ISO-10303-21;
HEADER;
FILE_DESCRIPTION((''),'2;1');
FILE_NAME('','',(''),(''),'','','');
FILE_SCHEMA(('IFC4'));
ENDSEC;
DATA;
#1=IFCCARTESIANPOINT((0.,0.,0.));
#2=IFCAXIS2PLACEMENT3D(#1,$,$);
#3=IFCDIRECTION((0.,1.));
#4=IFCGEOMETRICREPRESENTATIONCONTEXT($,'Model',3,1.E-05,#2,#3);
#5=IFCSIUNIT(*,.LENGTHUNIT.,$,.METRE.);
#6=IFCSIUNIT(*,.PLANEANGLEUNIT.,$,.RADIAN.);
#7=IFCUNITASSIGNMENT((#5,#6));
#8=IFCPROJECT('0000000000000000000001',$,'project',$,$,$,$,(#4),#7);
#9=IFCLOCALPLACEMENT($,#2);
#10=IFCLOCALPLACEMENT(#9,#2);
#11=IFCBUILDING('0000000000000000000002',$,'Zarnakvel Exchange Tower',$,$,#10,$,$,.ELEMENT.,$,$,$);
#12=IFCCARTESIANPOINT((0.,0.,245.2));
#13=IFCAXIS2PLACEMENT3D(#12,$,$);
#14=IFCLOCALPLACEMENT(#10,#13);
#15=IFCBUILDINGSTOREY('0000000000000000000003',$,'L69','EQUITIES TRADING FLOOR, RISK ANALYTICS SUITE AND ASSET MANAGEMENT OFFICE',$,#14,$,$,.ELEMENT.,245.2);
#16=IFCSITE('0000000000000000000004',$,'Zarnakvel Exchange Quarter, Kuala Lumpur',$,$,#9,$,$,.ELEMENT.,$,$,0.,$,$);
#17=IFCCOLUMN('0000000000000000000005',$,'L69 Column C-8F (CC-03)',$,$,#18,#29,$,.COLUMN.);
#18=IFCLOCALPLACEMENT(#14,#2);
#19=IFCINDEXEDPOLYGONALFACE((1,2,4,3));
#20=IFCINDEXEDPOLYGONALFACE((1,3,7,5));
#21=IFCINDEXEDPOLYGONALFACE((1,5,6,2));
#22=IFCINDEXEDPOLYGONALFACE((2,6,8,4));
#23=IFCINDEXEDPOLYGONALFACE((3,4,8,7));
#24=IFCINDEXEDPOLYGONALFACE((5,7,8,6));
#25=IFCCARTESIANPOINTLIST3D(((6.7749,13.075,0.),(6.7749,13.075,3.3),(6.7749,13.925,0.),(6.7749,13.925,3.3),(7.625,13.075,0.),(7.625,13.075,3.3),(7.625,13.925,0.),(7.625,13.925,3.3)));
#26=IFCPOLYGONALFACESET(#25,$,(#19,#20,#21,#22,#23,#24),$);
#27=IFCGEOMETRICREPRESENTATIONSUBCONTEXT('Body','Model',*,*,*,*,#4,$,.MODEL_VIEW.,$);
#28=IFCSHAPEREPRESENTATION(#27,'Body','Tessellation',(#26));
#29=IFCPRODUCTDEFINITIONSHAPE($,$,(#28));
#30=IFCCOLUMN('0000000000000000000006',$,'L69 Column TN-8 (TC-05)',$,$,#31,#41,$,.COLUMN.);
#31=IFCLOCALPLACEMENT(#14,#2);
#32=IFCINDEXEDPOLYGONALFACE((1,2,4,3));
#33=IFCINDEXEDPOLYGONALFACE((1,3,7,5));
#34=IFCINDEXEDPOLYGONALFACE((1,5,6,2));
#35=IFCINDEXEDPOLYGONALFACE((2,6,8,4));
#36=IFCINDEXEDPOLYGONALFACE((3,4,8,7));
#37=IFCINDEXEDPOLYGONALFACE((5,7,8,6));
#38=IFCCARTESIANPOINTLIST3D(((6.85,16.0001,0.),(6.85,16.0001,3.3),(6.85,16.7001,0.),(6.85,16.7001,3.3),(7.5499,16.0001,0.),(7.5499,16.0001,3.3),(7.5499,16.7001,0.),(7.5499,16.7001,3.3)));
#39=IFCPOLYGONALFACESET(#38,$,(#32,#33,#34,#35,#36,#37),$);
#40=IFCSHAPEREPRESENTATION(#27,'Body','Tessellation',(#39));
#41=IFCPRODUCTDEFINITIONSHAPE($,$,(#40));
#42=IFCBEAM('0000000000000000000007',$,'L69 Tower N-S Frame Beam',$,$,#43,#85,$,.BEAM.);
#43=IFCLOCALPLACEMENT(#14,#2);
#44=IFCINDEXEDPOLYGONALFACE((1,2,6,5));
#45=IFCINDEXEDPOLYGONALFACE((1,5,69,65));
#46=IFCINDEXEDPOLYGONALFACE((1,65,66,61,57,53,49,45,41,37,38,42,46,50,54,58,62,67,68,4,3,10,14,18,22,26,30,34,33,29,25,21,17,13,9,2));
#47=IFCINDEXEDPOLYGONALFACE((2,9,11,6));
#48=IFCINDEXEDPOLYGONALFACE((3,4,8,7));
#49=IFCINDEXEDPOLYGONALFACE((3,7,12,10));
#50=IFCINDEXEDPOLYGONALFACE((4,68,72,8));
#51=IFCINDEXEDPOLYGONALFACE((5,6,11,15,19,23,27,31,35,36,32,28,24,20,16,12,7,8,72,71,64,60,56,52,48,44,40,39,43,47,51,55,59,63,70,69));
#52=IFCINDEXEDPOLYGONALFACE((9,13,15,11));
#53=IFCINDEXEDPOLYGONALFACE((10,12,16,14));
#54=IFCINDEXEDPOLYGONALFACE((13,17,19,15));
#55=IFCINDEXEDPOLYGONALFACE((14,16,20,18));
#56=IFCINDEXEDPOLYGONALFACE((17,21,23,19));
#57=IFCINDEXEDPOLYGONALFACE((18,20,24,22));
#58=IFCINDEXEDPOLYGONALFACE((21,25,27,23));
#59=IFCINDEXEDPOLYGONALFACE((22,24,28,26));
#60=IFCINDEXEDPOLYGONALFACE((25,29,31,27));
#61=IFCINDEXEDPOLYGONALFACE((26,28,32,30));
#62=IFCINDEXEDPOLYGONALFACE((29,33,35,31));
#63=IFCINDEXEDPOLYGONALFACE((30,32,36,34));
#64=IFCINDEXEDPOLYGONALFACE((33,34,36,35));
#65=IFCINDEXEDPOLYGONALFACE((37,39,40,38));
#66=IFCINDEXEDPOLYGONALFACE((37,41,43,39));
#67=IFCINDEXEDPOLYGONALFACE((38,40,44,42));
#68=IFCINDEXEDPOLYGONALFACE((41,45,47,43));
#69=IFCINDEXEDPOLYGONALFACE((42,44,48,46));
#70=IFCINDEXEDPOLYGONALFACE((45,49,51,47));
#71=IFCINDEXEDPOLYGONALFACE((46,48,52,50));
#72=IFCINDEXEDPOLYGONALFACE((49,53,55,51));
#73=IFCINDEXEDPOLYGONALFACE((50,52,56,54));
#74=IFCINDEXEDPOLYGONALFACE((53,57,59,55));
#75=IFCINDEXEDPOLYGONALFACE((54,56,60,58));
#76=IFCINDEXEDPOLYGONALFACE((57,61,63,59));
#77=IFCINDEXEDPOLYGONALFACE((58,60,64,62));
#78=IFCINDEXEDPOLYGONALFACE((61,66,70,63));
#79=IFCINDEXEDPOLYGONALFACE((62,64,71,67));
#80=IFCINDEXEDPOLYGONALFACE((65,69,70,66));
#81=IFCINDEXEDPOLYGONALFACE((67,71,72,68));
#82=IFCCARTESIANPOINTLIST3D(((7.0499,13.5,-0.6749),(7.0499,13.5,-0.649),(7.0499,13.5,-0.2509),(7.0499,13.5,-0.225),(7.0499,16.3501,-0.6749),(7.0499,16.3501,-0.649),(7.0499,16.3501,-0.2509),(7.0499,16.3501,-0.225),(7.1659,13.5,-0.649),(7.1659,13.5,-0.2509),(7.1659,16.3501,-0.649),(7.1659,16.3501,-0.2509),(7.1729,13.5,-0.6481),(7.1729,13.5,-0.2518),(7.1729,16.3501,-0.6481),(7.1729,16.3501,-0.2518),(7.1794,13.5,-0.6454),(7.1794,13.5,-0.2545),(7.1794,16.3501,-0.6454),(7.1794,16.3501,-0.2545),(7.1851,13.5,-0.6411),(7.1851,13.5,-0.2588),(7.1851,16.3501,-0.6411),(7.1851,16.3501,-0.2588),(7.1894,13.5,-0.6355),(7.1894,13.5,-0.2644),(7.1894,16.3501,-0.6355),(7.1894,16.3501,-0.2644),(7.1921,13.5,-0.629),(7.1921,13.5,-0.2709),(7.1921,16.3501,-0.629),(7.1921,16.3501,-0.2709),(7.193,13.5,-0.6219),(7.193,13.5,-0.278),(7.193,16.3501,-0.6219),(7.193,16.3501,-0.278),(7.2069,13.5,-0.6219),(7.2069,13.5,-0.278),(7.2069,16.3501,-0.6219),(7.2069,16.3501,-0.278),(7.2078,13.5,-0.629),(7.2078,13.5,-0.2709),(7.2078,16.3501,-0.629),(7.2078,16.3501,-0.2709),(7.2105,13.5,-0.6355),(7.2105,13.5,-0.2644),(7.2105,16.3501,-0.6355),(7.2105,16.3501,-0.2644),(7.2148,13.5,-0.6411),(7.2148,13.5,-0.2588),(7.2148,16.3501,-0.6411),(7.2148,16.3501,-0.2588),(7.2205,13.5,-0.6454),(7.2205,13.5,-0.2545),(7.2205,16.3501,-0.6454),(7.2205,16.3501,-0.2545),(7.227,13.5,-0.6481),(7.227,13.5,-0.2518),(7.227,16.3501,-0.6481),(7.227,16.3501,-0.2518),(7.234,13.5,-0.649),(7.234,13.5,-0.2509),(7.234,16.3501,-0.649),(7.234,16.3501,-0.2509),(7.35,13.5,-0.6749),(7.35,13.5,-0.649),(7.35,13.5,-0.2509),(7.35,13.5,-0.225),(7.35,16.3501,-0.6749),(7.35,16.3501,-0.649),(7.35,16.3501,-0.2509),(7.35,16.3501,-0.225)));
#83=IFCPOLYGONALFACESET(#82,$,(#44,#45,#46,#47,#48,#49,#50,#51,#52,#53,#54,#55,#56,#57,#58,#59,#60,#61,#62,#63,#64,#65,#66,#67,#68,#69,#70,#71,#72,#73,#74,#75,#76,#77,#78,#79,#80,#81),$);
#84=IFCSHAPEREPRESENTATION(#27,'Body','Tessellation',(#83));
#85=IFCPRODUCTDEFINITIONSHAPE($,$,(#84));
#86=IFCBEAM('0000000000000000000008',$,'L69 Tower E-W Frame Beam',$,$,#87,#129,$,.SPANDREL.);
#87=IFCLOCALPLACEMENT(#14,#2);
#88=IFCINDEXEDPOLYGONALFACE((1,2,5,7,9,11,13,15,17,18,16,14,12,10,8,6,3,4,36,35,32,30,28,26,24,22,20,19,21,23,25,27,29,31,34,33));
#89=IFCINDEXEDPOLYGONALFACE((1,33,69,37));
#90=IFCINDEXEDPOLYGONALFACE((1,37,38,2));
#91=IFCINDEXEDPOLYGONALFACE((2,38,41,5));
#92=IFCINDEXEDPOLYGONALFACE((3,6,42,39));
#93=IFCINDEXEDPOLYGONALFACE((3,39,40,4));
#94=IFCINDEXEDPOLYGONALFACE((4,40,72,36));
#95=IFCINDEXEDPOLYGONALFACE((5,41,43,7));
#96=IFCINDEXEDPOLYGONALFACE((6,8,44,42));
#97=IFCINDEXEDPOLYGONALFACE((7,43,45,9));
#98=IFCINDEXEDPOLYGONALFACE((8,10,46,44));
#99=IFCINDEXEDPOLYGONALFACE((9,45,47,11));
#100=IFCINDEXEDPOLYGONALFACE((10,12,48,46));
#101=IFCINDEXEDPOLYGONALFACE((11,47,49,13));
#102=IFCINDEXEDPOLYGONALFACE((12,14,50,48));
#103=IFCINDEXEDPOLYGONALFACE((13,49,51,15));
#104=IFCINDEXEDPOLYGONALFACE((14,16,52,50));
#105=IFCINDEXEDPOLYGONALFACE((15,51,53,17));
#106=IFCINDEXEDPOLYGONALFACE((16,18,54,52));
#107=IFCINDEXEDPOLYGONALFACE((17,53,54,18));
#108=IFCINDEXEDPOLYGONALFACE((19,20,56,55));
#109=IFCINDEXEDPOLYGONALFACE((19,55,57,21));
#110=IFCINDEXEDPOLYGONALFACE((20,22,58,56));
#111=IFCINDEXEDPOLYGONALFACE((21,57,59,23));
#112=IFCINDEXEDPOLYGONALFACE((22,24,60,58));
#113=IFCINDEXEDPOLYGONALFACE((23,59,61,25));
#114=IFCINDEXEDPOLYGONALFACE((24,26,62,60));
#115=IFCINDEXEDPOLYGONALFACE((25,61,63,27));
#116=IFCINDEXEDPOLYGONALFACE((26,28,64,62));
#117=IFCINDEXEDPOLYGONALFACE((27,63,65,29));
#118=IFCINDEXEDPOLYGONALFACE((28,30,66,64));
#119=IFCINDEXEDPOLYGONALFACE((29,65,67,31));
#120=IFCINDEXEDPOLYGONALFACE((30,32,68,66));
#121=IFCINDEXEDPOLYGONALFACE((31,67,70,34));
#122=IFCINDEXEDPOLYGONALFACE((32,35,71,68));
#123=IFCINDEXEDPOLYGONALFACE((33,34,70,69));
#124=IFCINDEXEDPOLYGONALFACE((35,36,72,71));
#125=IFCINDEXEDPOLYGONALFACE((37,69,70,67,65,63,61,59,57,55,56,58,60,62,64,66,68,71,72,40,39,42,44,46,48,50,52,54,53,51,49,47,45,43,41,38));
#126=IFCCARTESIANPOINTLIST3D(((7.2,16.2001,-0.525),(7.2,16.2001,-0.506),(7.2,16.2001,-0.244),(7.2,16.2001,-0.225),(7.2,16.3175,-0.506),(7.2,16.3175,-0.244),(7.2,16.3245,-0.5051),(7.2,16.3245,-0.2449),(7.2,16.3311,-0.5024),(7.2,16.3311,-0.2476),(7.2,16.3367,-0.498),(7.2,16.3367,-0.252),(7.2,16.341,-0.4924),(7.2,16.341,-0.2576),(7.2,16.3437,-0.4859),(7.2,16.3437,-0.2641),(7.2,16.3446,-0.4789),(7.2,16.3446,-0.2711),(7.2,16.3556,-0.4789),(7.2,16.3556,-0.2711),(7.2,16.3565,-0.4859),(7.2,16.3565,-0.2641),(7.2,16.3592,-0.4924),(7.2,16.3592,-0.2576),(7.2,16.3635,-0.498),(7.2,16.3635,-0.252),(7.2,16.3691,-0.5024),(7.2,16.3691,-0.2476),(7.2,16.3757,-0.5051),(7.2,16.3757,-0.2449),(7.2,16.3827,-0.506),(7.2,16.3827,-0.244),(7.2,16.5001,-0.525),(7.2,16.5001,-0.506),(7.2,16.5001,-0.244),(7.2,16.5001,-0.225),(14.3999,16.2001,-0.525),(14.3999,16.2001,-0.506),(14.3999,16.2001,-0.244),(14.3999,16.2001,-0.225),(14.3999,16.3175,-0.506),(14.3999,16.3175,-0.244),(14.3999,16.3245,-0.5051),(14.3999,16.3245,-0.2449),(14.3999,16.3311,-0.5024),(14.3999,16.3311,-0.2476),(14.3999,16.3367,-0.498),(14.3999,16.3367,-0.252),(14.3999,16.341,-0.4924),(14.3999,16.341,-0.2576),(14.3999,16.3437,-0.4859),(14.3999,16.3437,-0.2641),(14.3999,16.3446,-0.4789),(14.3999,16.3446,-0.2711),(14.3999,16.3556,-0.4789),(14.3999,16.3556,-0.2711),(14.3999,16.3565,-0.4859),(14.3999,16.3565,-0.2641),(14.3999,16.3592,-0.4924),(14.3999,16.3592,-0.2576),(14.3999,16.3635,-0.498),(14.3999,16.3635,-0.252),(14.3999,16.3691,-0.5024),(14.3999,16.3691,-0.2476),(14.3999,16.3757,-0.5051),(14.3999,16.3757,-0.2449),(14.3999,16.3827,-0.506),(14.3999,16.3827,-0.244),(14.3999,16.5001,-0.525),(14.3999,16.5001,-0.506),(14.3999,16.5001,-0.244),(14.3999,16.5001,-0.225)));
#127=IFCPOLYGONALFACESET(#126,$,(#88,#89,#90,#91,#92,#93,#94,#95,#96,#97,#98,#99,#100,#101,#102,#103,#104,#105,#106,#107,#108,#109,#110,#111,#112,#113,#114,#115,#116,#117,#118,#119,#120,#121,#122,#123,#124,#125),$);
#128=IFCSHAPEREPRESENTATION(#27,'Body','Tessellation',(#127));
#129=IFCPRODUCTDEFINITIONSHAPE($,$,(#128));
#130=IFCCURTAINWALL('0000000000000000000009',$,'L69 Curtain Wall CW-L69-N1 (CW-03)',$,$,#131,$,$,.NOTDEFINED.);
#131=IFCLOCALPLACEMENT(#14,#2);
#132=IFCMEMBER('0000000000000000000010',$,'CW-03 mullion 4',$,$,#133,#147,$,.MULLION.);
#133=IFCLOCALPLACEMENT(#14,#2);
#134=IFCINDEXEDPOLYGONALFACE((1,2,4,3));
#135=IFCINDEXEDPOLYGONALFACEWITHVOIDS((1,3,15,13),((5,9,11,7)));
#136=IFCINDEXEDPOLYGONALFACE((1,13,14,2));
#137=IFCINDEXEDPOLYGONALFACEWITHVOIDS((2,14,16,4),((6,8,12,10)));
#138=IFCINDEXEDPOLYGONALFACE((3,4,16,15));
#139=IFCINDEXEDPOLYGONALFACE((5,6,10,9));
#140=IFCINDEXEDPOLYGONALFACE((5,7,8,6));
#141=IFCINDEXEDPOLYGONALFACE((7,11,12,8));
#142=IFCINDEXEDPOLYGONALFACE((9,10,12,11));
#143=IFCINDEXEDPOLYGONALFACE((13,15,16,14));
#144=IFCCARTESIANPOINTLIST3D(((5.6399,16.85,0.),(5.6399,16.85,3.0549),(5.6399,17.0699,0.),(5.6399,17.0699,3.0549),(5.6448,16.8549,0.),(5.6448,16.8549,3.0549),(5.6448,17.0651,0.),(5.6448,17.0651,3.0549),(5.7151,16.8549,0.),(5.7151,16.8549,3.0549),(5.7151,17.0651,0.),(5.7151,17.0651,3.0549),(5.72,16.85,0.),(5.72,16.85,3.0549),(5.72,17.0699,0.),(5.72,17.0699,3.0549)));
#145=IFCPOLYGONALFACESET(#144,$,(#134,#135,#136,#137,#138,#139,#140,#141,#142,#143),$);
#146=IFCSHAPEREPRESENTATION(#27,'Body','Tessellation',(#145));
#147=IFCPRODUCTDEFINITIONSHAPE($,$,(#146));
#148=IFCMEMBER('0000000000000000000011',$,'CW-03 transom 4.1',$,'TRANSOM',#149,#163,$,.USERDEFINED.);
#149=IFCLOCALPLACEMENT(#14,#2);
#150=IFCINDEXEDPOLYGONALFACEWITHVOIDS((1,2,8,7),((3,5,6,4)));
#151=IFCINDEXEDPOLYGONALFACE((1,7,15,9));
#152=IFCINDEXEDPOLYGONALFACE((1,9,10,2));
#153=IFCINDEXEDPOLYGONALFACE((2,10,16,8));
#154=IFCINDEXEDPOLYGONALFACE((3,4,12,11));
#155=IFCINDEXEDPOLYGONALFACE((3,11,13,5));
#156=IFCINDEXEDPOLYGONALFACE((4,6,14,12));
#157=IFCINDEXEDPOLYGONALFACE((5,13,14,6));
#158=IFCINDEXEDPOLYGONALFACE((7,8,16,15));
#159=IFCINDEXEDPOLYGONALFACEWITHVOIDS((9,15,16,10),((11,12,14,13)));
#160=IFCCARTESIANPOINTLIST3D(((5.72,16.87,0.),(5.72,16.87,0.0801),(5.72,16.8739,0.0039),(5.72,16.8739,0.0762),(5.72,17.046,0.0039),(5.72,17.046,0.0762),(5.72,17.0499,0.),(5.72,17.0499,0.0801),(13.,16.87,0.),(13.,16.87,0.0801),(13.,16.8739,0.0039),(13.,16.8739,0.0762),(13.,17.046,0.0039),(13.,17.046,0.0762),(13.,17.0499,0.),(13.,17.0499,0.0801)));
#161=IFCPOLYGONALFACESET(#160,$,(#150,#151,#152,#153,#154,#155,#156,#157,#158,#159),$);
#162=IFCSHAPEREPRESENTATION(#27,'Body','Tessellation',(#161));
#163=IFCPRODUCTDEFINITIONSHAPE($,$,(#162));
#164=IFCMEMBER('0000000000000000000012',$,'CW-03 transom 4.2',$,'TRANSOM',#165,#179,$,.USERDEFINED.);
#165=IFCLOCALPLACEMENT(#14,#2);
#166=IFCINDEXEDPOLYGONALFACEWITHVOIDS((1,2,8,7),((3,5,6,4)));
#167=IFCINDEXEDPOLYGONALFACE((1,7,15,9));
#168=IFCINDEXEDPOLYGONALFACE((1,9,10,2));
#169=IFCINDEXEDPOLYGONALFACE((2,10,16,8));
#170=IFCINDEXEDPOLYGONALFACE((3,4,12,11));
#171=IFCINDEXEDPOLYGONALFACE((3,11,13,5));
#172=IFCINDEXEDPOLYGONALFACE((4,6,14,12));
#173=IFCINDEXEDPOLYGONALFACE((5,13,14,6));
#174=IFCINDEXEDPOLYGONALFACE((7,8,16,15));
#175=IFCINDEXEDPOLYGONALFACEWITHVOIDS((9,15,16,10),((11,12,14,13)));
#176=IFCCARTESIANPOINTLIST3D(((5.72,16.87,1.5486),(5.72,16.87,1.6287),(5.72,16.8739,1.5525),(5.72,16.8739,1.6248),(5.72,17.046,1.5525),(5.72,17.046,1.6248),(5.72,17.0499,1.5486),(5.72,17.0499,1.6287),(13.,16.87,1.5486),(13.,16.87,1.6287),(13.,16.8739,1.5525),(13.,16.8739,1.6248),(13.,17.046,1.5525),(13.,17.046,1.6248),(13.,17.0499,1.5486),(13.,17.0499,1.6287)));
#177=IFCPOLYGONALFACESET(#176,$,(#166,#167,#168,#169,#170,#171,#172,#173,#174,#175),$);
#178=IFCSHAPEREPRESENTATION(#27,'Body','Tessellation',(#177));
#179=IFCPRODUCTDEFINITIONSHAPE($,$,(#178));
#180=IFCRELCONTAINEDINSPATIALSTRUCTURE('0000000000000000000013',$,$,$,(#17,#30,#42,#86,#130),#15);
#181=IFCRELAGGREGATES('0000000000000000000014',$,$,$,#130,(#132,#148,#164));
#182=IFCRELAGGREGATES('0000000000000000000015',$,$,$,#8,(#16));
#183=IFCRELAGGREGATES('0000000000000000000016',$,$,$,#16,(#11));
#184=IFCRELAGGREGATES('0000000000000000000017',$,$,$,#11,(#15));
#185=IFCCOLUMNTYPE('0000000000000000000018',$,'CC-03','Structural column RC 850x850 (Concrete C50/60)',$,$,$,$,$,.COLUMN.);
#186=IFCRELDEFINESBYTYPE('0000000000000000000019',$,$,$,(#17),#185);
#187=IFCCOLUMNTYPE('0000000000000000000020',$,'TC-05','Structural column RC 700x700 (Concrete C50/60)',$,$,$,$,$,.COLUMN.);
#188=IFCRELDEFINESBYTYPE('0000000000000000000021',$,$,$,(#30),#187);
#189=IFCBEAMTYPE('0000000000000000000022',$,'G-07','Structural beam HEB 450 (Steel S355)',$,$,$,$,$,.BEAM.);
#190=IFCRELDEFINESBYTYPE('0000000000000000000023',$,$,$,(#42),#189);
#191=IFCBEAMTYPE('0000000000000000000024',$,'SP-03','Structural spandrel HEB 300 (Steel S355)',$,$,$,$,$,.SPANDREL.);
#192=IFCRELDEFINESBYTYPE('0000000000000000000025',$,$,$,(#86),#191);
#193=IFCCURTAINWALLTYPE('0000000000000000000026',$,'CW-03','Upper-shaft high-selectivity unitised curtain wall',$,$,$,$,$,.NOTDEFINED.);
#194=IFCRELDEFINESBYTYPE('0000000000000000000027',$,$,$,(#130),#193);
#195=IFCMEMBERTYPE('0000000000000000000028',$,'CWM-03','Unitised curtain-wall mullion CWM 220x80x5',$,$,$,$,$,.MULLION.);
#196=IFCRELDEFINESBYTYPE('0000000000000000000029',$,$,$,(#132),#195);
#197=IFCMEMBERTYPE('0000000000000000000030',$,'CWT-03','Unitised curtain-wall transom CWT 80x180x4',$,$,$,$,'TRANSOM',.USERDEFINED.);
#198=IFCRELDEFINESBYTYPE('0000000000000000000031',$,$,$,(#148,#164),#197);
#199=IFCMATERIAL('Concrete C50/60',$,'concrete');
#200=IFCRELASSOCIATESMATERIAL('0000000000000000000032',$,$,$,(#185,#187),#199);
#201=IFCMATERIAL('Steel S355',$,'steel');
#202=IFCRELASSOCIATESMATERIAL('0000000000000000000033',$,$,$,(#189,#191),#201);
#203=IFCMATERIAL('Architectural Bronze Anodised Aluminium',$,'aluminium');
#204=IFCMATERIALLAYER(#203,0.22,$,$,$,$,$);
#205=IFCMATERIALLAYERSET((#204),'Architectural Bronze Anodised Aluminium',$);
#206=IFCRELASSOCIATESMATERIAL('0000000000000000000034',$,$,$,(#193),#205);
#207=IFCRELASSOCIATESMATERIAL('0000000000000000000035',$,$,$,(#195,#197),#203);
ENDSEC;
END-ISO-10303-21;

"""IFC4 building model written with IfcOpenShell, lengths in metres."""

from ifc_helpers import new_model, si_unit, direction, frame, origin, origin_2d, place, context, subcontext, project, spatial, rectangle, hollow_rectangle, i_section, extrude, source, transform, mapped, material, layer, layer_set, material_profile, profile_set, type_object, element, aggregate, save


model = new_model("IFC4")

# Units and contexts
model_context = context("Model", 3, precision=1e-05, world=origin(), true_north=direction((0.0, 1.0)))
body_context = subcontext(model_context, "Body", "Model", "MODEL_VIEW")
ifc_project = project(units=[si_unit("LENGTHUNIT", "METRE"), si_unit("PLANEANGLEUNIT", "RADIAN")], contexts=[model_context])

# Site, building, storey
site_placement = place(None, origin())
site = spatial("IfcSite", under=ifc_project, at=site_placement, Name="Zarnakvel Exchange Quarter, Kuala Lumpur", CompositionType="ELEMENT", RefElevation=0.0)
building_placement = place(site_placement, origin())
building = spatial("IfcBuilding", under=site, at=building_placement, Name="Zarnakvel Exchange Tower", CompositionType="ELEMENT")
storey_placement = place(building_placement, frame((0.0, 0.0, 245.2)))
storey = spatial("IfcBuildingStorey", under=building, at=storey_placement, Name="L69", Description="EQUITIES TRADING FLOOR, RISK ANALYTICS SUITE AND ASSET MANAGEMENT OFFICE", CompositionType="ELEMENT", Elevation=245.2)

# Columns
ifc_material_1 = material(Name="Concrete C50/60", Category="concrete")
ifc_material_profile_1 = material_profile(ifc_material_1, rectangle(XDim=0.8501, YDim=0.8501, at=origin_2d()))
ifc_profile_set_1 = profile_set([ifc_material_profile_1], Name="Concrete C50/60")
column_type_1 = type_object("IfcColumnType", Name="CC-03", Description="Structural column RC 850x850 (Concrete C50/60)", PredefinedType="COLUMN", material=ifc_profile_set_1)
column_1_placement = place(storey_placement, frame((7.2, 13.5, 0.0), z_axis=(0.0, 0.0, 1.0), x_axis=(1.0, 0.0, 0.0)))
element("IfcColumn", 1, at=column_1_placement, inside=storey, type_object=column_type_1, Name="L69 Column C-8F (CC-03)", PredefinedType="COLUMN", context=body_context, shape_type="SweptSolid", body=[
    extrude(rectangle(XDim=0.8501, YDim=0.8501, at=origin_2d()), origin(), (0.0, 0.0, 1.0), 3.3),
])
ifc_material_profile_2 = material_profile(ifc_material_1, rectangle(XDim=0.7, YDim=0.7, at=origin_2d()))
ifc_profile_set_2 = profile_set([ifc_material_profile_2], Name="Concrete C50/60")
column_type_2 = type_object("IfcColumnType", Name="TC-05", Description="Structural column RC 700x700 (Concrete C50/60)", PredefinedType="COLUMN", material=ifc_profile_set_2)
column_2_placement = place(storey_placement, frame((7.2, 16.3501, 0.0), z_axis=(0.0, 0.0, 1.0), x_axis=(1.0, 0.0, 0.0)))
element("IfcColumn", 2, at=column_2_placement, inside=storey, type_object=column_type_2, Name="L69 Column TN-8 (TC-05)", PredefinedType="COLUMN", context=body_context, shape_type="SweptSolid", body=[
    extrude(rectangle(XDim=0.7, YDim=0.7, at=origin_2d()), origin(), (0.0, 0.0, 1.0), 3.3),
])

# Beams
ifc_material_2 = material(Name="Steel S355", Category="steel")
ifc_material_profile_3 = material_profile(ifc_material_2, i_section(OverallWidth=0.3, OverallDepth=0.45, WebThickness=0.0139, FlangeThickness=0.0259, FilletRadius=0.0271, at=origin_2d()))
ifc_profile_set_3 = profile_set([ifc_material_profile_3], Name="Steel S355")
beam_type_1 = type_object("IfcBeamType", Name="G-07", Description="Structural beam HEB 450 (Steel S355)", PredefinedType="BEAM", material=ifc_profile_set_3)
beam_1_placement = place(storey_placement, frame((7.2, 13.5, -0.45), z_axis=(0.0, 1.0, 0.0), x_axis=(-1.0, 0.0, 0.0)))
element("IfcBeam", 3, at=beam_1_placement, inside=storey, type_object=beam_type_1, Name="L69 Tower N-S Frame Beam", PredefinedType="BEAM", context=body_context, shape_type="SweptSolid", body=[
    extrude(i_section(OverallWidth=0.3, OverallDepth=0.45, WebThickness=0.0139, FlangeThickness=0.0259, FilletRadius=0.0271, at=origin_2d()), origin(), (0.0, 0.0, 1.0), 2.8501),
])
ifc_material_profile_4 = material_profile(ifc_material_2, i_section(OverallWidth=0.3, OverallDepth=0.3, WebThickness=0.011, FlangeThickness=0.019, FilletRadius=0.0271, at=origin_2d()))
ifc_profile_set_4 = profile_set([ifc_material_profile_4], Name="Steel S355")
beam_type_2 = type_object("IfcBeamType", Name="SP-03", Description="Structural spandrel HEB 300 (Steel S355)", PredefinedType="SPANDREL", material=ifc_profile_set_4)
beam_2_placement = place(storey_placement, frame((7.2, 16.3501, -0.375), z_axis=(1.0, 0.0, 0.0), x_axis=(0.0, 1.0, 0.0)))
element("IfcBeam", 4, at=beam_2_placement, inside=storey, type_object=beam_type_2, Name="L69 Tower E-W Frame Beam", PredefinedType="SPANDREL", context=body_context, shape_type="SweptSolid", body=[
    extrude(i_section(OverallWidth=0.3, OverallDepth=0.3, WebThickness=0.011, FlangeThickness=0.019, FilletRadius=0.0271, at=origin_2d()), origin(), (0.0, 0.0, 1.0), 7.2),
])

# Curtain wall, members
ifc_material_3 = material(Name="Architectural Bronze Anodised Aluminium", Category="aluminium")
ifc_layer_1 = layer(ifc_material_3, 0.22)
ifc_layer_set_1 = layer_set([ifc_layer_1], Name="Architectural Bronze Anodised Aluminium")
curtain_wall_type = type_object("IfcCurtainWallType", Name="CW-03", Description="Upper-shaft high-selectivity unitised curtain wall", PredefinedType="NOTDEFINED", material=ifc_layer_set_1)
curtain_wall_placement = place(storey_placement, origin())
curtain_wall = element("IfcCurtainWall", 5, at=curtain_wall_placement, inside=storey, type_object=curtain_wall_type, Name="L69 Curtain Wall CW-L69-N1 (CW-03)", PredefinedType="NOTDEFINED")
ifc_material_profile_5 = material_profile(ifc_material_3, hollow_rectangle(XDim=0.22, YDim=0.0801, WallThickness=0.0049, at=origin_2d()))
ifc_profile_set_5 = profile_set([ifc_material_profile_5], Name="Architectural Bronze Anodised Aluminium")
member_type_1 = type_object("IfcMemberType", Name="CWM-03", Description="Unitised curtain-wall mullion CWM 220x80x5", PredefinedType="MULLION", material=ifc_profile_set_5)
shared_shape_1 = source(origin(), body_context, "Body", "SweptSolid", [
    extrude(hollow_rectangle(XDim=0.22, YDim=0.0801, WallThickness=0.0049, at=origin_2d()), origin(), (0.0, 0.0, 1.0), 3.0549),
])
member_1_placement = place(storey_placement, frame((5.6799, 16.96, 0.0), z_axis=(0.0, 0.0, 1.0), x_axis=(0.0, 1.0, 0.0)))
member_1 = element("IfcMember", 6, at=member_1_placement, type_object=member_type_1, Name="CW-03 mullion 4", PredefinedType="MULLION", context=body_context, shape_type="MappedRepresentation", body=[
    mapped(shared_shape_1, transform((0.0, 0.0, 0.0), x_axis=(1.0, 0.0, 0.0), y_axis=(0.0, 1.0, 0.0), z_axis=(0.0, 0.0, 1.0), scale=1.0)),
])
ifc_material_profile_6 = material_profile(ifc_material_3, hollow_rectangle(XDim=0.1799, YDim=0.0801, WallThickness=0.0039, at=origin_2d()))
ifc_profile_set_6 = profile_set([ifc_material_profile_6], Name="Architectural Bronze Anodised Aluminium")
member_type_2 = type_object("IfcMemberType", Name="CWT-03", Description="Unitised curtain-wall transom CWT 80x180x4", ElementType="TRANSOM", PredefinedType="USERDEFINED", material=ifc_profile_set_6)
shared_shape_2 = source(origin(), body_context, "Body", "SweptSolid", [
    extrude(hollow_rectangle(XDim=0.1799, YDim=0.0801, WallThickness=0.0039, at=origin_2d()), origin(), (0.0, 0.0, 1.0), 7.28),
])
member_2_placement = place(storey_placement, frame((5.72, 16.96, 0.04), z_axis=(1.0, 0.0, 0.0), x_axis=(0.0, 1.0, 0.0)))
member_2 = element("IfcMember", 7, at=member_2_placement, type_object=member_type_2, Name="CW-03 transom 4.1", ObjectType="TRANSOM", PredefinedType="USERDEFINED", context=body_context, shape_type="MappedRepresentation", body=[
    mapped(shared_shape_2, transform((0.0, 0.0, 0.0), x_axis=(1.0, 0.0, 0.0), y_axis=(0.0, 1.0, 0.0), z_axis=(0.0, 0.0, 1.0), scale=1.0)),
])
member_3_placement = place(storey_placement, frame((5.72, 16.96, 1.5886), z_axis=(1.0, 0.0, 0.0), x_axis=(0.0, 1.0, 0.0)))
member_3 = element("IfcMember", 8, at=member_3_placement, type_object=member_type_2, Name="CW-03 transom 4.2", ObjectType="TRANSOM", PredefinedType="USERDEFINED", context=body_context, shape_type="MappedRepresentation", body=[
    mapped(shared_shape_2, transform((0.0, 0.0, 0.0), x_axis=(1.0, 0.0, 0.0), y_axis=(0.0, 1.0, 0.0), z_axis=(0.0, 0.0, 1.0), scale=1.0)),
])
aggregate(curtain_wall, [member_1, member_2, member_3])

save(model, "model.ifc")
